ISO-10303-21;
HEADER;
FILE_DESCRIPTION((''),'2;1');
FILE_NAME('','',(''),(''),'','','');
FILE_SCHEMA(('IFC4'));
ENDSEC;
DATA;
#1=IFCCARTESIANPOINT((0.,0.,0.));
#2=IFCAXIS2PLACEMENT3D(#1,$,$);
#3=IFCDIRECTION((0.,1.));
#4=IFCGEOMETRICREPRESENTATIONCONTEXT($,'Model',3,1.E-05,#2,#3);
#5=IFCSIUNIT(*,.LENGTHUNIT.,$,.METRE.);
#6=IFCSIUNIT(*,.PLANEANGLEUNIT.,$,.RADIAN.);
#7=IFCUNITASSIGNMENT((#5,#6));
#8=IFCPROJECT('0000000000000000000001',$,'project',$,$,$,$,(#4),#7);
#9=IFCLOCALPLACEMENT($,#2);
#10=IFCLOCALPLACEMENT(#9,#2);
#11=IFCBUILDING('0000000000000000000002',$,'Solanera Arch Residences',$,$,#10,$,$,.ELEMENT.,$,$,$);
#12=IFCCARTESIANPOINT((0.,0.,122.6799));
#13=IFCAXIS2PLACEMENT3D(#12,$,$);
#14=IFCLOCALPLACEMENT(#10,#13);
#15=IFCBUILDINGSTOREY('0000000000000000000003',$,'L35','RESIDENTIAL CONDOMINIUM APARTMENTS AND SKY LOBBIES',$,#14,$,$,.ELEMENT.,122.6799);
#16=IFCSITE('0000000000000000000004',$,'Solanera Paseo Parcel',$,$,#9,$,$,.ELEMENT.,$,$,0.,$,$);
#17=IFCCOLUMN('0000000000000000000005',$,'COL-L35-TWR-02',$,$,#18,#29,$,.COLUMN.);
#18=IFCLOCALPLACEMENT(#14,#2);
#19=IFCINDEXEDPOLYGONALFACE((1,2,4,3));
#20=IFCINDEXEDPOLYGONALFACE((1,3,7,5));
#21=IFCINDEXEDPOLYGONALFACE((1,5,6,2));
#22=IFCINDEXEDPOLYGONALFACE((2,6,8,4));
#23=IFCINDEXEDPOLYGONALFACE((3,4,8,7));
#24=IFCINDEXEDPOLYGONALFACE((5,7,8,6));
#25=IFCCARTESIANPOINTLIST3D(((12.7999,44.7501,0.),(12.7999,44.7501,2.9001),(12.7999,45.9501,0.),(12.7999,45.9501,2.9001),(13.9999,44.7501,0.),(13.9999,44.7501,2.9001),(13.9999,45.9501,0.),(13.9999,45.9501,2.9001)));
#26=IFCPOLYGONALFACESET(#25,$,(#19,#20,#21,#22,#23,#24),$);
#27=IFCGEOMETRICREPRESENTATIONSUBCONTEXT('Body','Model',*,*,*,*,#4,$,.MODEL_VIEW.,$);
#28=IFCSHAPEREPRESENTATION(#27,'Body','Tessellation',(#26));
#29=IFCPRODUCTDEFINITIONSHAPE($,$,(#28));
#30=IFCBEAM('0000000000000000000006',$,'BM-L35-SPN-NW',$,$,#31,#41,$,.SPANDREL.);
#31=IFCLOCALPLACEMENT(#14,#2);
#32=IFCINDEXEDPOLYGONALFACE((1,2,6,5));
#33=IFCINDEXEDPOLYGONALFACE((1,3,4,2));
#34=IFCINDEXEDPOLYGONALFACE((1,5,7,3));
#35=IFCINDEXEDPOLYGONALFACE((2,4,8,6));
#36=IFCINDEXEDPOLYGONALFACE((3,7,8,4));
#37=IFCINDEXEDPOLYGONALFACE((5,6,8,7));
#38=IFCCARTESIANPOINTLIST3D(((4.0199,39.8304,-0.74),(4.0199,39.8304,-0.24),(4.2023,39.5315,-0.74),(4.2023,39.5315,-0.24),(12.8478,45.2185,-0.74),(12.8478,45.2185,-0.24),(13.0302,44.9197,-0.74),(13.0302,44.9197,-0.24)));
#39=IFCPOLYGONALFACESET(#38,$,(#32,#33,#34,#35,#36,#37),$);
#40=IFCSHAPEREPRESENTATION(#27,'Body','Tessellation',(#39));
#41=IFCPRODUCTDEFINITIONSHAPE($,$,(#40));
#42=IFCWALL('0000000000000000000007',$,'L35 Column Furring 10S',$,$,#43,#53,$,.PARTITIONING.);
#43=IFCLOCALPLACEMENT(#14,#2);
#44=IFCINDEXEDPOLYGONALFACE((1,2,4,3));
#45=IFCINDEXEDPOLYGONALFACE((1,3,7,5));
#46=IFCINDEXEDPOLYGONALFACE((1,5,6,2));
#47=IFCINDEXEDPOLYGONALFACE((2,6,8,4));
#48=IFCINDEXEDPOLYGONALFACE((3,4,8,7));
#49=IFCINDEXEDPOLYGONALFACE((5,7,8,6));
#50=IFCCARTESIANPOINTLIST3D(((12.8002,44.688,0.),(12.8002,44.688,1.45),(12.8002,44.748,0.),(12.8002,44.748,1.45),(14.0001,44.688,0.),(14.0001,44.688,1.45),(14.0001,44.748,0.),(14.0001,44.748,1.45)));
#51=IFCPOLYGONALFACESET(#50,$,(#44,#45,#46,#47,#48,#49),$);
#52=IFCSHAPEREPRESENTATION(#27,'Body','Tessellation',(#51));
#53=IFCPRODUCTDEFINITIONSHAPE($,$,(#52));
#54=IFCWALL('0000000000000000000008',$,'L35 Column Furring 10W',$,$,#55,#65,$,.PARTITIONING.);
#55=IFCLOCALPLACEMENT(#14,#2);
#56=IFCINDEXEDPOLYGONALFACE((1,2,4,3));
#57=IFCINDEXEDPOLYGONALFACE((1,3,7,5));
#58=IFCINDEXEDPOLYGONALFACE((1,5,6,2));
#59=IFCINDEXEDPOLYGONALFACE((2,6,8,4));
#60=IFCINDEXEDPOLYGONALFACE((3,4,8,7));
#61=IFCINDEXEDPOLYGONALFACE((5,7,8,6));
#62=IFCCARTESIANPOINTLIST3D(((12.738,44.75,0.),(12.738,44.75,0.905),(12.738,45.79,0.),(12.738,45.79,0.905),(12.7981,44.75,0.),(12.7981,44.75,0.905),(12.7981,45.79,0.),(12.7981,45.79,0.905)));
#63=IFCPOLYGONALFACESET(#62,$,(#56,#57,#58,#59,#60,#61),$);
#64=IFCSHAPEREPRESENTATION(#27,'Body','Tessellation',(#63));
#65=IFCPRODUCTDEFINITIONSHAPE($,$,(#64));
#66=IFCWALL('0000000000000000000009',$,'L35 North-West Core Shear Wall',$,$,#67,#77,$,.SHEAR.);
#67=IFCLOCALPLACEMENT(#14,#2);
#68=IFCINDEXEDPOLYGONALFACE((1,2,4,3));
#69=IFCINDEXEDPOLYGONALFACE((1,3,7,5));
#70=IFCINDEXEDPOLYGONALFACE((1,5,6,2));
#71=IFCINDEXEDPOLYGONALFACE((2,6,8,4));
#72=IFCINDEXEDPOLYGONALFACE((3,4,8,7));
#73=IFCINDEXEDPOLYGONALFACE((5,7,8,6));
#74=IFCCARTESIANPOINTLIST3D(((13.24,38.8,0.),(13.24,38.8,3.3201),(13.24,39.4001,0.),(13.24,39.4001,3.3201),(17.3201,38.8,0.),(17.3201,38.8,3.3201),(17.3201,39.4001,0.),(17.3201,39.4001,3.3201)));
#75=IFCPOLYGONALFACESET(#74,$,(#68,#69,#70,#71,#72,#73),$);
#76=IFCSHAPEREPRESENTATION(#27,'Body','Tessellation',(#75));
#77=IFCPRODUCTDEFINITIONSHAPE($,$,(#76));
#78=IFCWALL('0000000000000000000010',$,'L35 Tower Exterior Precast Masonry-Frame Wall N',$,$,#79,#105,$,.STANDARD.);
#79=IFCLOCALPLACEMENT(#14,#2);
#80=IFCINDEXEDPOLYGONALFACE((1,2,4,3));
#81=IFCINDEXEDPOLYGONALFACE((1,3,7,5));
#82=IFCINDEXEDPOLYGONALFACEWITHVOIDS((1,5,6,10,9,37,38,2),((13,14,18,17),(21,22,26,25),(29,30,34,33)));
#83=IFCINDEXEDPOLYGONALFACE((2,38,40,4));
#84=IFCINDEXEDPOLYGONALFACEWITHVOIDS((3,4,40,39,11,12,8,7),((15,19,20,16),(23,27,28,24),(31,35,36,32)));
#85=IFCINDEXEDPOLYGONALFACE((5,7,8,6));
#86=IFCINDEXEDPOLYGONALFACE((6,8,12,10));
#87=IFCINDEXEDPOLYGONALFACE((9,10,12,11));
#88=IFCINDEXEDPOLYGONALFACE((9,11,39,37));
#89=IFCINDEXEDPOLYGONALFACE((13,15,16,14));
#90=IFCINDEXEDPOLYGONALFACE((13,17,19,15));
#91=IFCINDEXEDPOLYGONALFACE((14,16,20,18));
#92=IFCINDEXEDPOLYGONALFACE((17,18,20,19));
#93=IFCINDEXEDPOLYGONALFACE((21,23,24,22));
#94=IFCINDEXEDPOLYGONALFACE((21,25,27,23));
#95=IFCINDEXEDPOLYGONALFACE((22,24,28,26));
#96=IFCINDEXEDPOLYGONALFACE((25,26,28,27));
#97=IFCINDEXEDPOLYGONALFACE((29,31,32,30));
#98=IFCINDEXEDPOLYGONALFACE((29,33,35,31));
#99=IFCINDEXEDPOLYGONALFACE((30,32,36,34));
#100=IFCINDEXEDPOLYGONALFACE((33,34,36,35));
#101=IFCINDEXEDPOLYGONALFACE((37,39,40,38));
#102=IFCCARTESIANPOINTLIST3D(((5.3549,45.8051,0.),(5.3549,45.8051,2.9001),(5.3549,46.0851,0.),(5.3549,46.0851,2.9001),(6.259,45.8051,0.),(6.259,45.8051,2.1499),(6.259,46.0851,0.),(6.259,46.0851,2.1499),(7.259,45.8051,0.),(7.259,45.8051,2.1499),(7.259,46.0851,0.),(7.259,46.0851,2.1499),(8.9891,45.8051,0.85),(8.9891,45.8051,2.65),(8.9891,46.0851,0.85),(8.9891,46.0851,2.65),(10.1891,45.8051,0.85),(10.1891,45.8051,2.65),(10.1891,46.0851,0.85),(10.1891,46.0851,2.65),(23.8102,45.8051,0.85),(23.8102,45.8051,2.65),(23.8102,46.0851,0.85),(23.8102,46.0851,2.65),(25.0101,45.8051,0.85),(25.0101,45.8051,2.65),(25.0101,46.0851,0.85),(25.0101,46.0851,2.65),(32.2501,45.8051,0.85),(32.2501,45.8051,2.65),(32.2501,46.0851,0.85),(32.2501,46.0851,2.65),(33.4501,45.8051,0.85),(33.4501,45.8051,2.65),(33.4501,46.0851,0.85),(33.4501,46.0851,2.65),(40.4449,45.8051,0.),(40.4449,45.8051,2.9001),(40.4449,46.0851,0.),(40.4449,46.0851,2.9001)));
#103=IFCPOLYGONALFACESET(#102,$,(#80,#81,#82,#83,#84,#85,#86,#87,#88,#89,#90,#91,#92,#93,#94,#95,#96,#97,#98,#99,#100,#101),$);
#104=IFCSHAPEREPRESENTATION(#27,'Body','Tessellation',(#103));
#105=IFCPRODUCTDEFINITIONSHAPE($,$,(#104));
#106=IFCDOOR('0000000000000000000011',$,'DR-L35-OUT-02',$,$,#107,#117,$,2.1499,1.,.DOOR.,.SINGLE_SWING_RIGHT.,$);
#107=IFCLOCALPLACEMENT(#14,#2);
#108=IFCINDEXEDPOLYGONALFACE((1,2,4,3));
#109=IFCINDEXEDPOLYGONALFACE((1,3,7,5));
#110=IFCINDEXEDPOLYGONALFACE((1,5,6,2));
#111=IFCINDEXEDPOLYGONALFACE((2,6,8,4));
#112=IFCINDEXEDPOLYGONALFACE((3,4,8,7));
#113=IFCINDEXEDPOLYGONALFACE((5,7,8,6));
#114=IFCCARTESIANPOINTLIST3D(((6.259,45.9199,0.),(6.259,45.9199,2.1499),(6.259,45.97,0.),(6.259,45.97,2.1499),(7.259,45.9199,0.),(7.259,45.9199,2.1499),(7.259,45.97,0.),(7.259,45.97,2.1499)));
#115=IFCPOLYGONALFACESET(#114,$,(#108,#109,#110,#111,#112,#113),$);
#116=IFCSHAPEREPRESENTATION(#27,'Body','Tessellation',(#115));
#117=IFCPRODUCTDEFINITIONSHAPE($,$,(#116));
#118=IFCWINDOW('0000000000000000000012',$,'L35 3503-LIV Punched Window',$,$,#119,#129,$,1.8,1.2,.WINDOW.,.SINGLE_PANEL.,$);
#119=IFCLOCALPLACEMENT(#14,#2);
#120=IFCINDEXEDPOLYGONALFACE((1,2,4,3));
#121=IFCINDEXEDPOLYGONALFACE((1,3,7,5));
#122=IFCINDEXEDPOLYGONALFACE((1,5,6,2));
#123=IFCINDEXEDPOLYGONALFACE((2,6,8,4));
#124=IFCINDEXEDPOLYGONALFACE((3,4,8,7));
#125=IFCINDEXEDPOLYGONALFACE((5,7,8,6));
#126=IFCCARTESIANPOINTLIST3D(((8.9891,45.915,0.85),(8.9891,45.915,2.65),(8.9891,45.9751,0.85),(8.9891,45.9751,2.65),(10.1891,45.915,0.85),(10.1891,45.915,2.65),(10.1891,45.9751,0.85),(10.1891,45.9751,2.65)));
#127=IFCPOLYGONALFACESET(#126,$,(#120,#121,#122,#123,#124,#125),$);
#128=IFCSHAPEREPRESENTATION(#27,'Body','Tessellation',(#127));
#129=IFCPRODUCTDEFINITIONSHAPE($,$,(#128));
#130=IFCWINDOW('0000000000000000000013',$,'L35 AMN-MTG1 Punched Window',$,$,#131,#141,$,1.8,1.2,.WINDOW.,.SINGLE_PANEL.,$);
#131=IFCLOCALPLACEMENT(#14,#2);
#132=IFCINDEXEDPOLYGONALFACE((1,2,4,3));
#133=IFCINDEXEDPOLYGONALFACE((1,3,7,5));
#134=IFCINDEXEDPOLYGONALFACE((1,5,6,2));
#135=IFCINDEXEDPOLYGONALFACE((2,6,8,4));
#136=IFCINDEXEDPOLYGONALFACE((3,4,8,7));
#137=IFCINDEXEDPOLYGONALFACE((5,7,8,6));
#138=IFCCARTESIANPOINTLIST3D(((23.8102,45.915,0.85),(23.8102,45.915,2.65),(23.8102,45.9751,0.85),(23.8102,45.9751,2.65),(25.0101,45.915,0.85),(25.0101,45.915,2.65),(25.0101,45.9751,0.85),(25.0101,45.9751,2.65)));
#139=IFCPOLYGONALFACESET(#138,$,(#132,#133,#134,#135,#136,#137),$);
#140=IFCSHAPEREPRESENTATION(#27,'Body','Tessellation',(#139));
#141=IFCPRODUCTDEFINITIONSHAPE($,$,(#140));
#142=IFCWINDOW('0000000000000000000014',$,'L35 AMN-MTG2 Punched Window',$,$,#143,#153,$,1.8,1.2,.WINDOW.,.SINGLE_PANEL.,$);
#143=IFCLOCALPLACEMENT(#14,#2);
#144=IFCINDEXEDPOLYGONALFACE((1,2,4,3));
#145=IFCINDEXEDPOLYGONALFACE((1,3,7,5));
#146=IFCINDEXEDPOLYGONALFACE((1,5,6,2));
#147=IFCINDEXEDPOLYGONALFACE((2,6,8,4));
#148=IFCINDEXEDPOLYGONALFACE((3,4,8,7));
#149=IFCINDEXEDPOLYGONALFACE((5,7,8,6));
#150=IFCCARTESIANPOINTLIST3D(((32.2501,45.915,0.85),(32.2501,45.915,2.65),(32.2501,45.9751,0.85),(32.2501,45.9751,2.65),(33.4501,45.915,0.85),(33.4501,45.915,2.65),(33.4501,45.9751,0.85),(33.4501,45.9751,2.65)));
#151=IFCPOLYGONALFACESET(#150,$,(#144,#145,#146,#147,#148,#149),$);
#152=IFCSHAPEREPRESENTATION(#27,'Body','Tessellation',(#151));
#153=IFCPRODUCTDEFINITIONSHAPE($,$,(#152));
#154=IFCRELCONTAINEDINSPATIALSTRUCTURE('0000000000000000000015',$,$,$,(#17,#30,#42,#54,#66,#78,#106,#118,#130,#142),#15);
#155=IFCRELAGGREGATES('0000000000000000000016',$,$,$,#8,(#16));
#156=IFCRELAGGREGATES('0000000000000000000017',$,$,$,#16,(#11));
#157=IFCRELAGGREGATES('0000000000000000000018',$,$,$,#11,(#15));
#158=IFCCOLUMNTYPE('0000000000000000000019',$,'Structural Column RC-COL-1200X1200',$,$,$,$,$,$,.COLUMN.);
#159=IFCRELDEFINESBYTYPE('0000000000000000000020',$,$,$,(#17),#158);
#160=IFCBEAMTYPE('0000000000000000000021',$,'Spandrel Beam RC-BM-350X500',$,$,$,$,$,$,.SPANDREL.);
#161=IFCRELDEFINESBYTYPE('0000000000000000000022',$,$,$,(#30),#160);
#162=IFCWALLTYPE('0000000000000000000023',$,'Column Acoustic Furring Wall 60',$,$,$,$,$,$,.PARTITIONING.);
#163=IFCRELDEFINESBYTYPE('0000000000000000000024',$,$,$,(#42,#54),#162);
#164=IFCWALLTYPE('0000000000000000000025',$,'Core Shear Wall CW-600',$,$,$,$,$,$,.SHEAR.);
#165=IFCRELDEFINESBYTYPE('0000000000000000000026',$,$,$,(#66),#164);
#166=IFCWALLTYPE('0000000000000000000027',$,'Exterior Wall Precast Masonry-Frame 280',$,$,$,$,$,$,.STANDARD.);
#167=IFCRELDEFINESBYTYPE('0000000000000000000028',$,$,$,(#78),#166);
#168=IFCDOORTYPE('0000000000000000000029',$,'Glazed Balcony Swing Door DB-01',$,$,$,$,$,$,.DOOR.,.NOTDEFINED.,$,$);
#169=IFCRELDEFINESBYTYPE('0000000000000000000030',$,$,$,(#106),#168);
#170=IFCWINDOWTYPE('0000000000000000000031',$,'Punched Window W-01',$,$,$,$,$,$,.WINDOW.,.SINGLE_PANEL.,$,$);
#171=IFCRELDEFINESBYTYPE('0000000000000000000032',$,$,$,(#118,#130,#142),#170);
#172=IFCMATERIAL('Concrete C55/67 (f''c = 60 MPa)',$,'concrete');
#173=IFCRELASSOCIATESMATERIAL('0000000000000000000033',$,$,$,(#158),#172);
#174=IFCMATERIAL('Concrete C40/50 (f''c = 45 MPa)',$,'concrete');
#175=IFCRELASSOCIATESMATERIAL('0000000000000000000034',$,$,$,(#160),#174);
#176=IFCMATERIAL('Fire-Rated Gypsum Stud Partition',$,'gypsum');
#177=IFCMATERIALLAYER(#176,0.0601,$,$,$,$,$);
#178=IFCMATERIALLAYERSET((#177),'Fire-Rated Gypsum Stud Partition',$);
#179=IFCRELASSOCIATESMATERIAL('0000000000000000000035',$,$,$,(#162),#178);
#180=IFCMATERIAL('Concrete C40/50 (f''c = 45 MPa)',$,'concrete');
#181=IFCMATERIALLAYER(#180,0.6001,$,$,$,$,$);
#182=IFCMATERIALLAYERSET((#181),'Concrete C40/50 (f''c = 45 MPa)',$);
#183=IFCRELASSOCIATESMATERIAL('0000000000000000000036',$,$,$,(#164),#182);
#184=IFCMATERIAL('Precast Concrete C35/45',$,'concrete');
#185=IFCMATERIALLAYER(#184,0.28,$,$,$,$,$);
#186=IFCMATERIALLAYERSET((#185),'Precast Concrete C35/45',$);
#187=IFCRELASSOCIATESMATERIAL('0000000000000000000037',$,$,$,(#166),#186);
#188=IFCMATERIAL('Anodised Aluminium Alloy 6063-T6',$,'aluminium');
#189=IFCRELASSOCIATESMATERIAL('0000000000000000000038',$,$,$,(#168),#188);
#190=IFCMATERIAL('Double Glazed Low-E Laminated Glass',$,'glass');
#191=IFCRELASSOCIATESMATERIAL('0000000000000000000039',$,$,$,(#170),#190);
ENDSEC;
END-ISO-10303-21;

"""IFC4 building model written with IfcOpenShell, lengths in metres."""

from ifc_helpers import new_model, si_unit, direction, frame, frame_2d, origin, origin_2d, place, context, subcontext, project, spatial, rectangle, extrude, material, layer, layer_set, material_profile, profile_set, type_object, element, fill, save


model = new_model("IFC4")

# Units and contexts
model_context = context("Model", 3, precision=1e-05, world=origin(), true_north=direction((0.0, 1.0)))
body_context = subcontext(model_context, "Body", "Model", "MODEL_VIEW")
ifc_project = project(units=[si_unit("LENGTHUNIT", "METRE"), si_unit("PLANEANGLEUNIT", "RADIAN")], contexts=[model_context])

# Site, building, storey
site_placement = place(None, origin())
site = spatial("IfcSite", under=ifc_project, at=site_placement, Name="Solanera Paseo Parcel", CompositionType="ELEMENT", RefElevation=0.0)
building_placement = place(site_placement, origin())
building = spatial("IfcBuilding", under=site, at=building_placement, Name="Solanera Arch Residences", CompositionType="ELEMENT")
storey_placement = place(building_placement, frame((0.0, 0.0, 122.6799)))
storey = spatial("IfcBuildingStorey", under=building, at=storey_placement, Name="L35", Description="RESIDENTIAL CONDOMINIUM APARTMENTS AND SKY LOBBIES", CompositionType="ELEMENT", Elevation=122.6799)

# Column
ifc_material_1 = material(Name="Concrete C55/67 (f'c = 60 MPa)", Category="concrete")
ifc_material_profile_1 = material_profile(ifc_material_1, rectangle(XDim=1.2, YDim=1.2, at=origin_2d()))
ifc_profile_set_1 = profile_set([ifc_material_profile_1], Name="Concrete C55/67 (f'c = 60 MPa)")
column_type = type_object("IfcColumnType", Name="Structural Column RC-COL-1200X1200", PredefinedType="COLUMN", material=ifc_profile_set_1)
column_placement = place(storey_placement, frame((13.3999, 45.3501, 0.0), z_axis=(0.0, 0.0, 1.0), x_axis=(1.0, 0.0, 0.0)))
element("IfcColumn", 1, at=column_placement, inside=storey, type_object=column_type, Name="COL-L35-TWR-02", PredefinedType="COLUMN", context=body_context, shape_type="SweptSolid", body=[
    extrude(rectangle(XDim=1.2, YDim=1.2, at=origin_2d()), origin(), (0.0, 0.0, 1.0), 2.9001),
])

# Beam
ifc_material_2 = material(Name="Concrete C40/50 (f'c = 45 MPa)", Category="concrete")
ifc_material_profile_2 = material_profile(ifc_material_2, rectangle(XDim=0.3501, YDim=0.5, at=origin_2d()))
ifc_profile_set_2 = profile_set([ifc_material_profile_2], Name="Concrete C40/50 (f'c = 45 MPa)")
beam_type = type_object("IfcBeamType", Name="Spandrel Beam RC-BM-350X500", PredefinedType="SPANDREL", material=ifc_profile_set_2)
beam_placement = place(storey_placement, frame((12.939, 45.0691, -0.49), z_axis=(-0.853567, -0.520983, 0.0), x_axis=(0.520983, -0.853567, 0.0)))
element("IfcBeam", 2, at=beam_placement, inside=storey, type_object=beam_type, Name="BM-L35-SPN-NW", PredefinedType="SPANDREL", context=body_context, shape_type="SweptSolid", body=[
    extrude(rectangle(XDim=0.3501, YDim=0.5, at=origin_2d()), origin(), (0.0, 0.0, 1.0), 10.3423),
])

# Walls
ifc_material_3 = material(Name="Fire-Rated Gypsum Stud Partition", Category="gypsum")
ifc_layer_1 = layer(ifc_material_3, 0.0601)
ifc_layer_set_1 = layer_set([ifc_layer_1], Name="Fire-Rated Gypsum Stud Partition")
wall_type_1 = type_object("IfcWallType", Name="Column Acoustic Furring Wall 60", PredefinedType="PARTITIONING", material=ifc_layer_set_1)
wall_1_placement = place(storey_placement, frame((12.8, 44.718, 0.0), z_axis=(0.0, 0.0, 1.0), x_axis=(1.0, 0.0, 0.0)))
element("IfcWall", 3, at=wall_1_placement, inside=storey, type_object=wall_type_1, Name="L35 Column Furring 10S", PredefinedType="PARTITIONING", context=body_context, shape_type="SweptSolid", body=[
    extrude(rectangle(XDim=1.2, YDim=0.0601, at=frame_2d((0.6001, 0.0))), origin(), (0.0, 0.0, 1.0), 1.45),
])
wall_2_placement = place(storey_placement, frame((12.7681, 44.75, 0.0), z_axis=(0.0, 0.0, 1.0), x_axis=(0.0, 1.0, 0.0)))
element("IfcWall", 4, at=wall_2_placement, inside=storey, type_object=wall_type_1, Name="L35 Column Furring 10W", PredefinedType="PARTITIONING", context=body_context, shape_type="SweptSolid", body=[
    extrude(rectangle(XDim=1.04, YDim=0.0601, at=frame_2d((0.52, 0.0))), origin(), (0.0, 0.0, 1.0), 0.905),
])
ifc_material_4 = material(Name="Concrete C40/50 (f'c = 45 MPa)", Category="concrete")
ifc_layer_2 = layer(ifc_material_4, 0.6001)
ifc_layer_set_2 = layer_set([ifc_layer_2], Name="Concrete C40/50 (f'c = 45 MPa)")
wall_type_2 = type_object("IfcWallType", Name="Core Shear Wall CW-600", PredefinedType="SHEAR", material=ifc_layer_set_2)
wall_3_placement = place(storey_placement, frame((13.24, 39.1001, 0.0), z_axis=(0.0, 0.0, 1.0), x_axis=(1.0, 0.0, 0.0)))
element("IfcWall", 5, at=wall_3_placement, inside=storey, type_object=wall_type_2, Name="L35 North-West Core Shear Wall", PredefinedType="SHEAR", context=body_context, shape_type="SweptSolid", body=[
    extrude(rectangle(XDim=4.0801, YDim=0.6001, at=frame_2d((2.04, 0.0))), origin(), (0.0, 0.0, 1.0), 3.3201),
])

# Wall, openings, door, windows
ifc_material_5 = material(Name="Precast Concrete C35/45", Category="concrete")
ifc_layer_3 = layer(ifc_material_5, 0.28)
ifc_layer_set_3 = layer_set([ifc_layer_3], Name="Precast Concrete C35/45")
wall_type_3 = type_object("IfcWallType", Name="Exterior Wall Precast Masonry-Frame 280", PredefinedType="STANDARD", material=ifc_layer_set_3)
wall_4_placement = place(storey_placement, frame((5.355, 45.9451, 0.0), z_axis=(0.0, 0.0, 1.0), x_axis=(1.0, 0.0, 0.0)))
wall_4 = element("IfcWall", 6, at=wall_4_placement, inside=storey, type_object=wall_type_3, Name="L35 Tower Exterior Precast Masonry-Frame Wall N", PredefinedType="STANDARD", context=body_context, shape_type="SweptSolid", body=[
    extrude(rectangle(XDim=35.0901, YDim=0.28, at=frame_2d((17.5449, 0.0))), origin(), (0.0, 0.0, 1.0), 2.9001),
])
opening_1_placement = place(wall_4_placement, frame((0.9041, 0.0, 0.0)))
opening_1 = element("IfcOpeningElement", 7, at=opening_1_placement, cuts=wall_4, PredefinedType="OPENING", context=body_context, shape_type="SweptSolid", body=[
    extrude(rectangle(XDim=1.0, YDim=2.1499, at=frame_2d((0.5, 1.075))), frame((0.0, 0.1499, 0.0), z_axis=(0.0, -1.0, 0.0), x_axis=(1.0, 0.0, 0.0)), (0.0, 0.0, 1.0), 0.3),
])
opening_2_placement = place(wall_4_placement, frame((3.634, 0.0, 0.8501)))
opening_2 = element("IfcOpeningElement", 8, at=opening_2_placement, cuts=wall_4, PredefinedType="OPENING", context=body_context, shape_type="SweptSolid", body=[
    extrude(rectangle(XDim=1.2, YDim=1.8, at=frame_2d((0.6001, 0.8999))), frame((0.0, 0.1499, 0.0), z_axis=(0.0, -1.0, 0.0), x_axis=(1.0, 0.0, 0.0)), (0.0, 0.0, 1.0), 0.3),
])
opening_3_placement = place(wall_4_placement, frame((18.4551, 0.0, 0.8501)))
opening_3 = element("IfcOpeningElement", 9, at=opening_3_placement, cuts=wall_4, PredefinedType="OPENING", context=body_context, shape_type="SweptSolid", body=[
    extrude(rectangle(XDim=1.2, YDim=1.8, at=frame_2d((0.6001, 0.8999))), frame((0.0, 0.1499, 0.0), z_axis=(0.0, -1.0, 0.0), x_axis=(1.0, 0.0, 0.0)), (0.0, 0.0, 1.0), 0.3),
])
opening_4_placement = place(wall_4_placement, frame((26.895, 0.0, 0.8501)))
opening_4 = element("IfcOpeningElement", 10, at=opening_4_placement, cuts=wall_4, PredefinedType="OPENING", context=body_context, shape_type="SweptSolid", body=[
    extrude(rectangle(XDim=1.2, YDim=1.8, at=frame_2d((0.6001, 0.8999))), frame((0.0, 0.1499, 0.0), z_axis=(0.0, -1.0, 0.0), x_axis=(1.0, 0.0, 0.0)), (0.0, 0.0, 1.0), 0.3),
])
ifc_material_6 = material(Name="Anodised Aluminium Alloy 6063-T6", Category="aluminium")
door_type_1 = type_object("IfcDoorType", Name="Glazed Balcony Swing Door DB-01", OperationType="NOTDEFINED", PredefinedType="DOOR", material=ifc_material_6)
door_1_placement = place(opening_1_placement, origin())
door_1 = element("IfcDoor", 11, at=door_1_placement, inside=storey, type_object=door_type_1, Name="DR-L35-OUT-02", OperationType="SINGLE_SWING_RIGHT", OverallHeight=2.1499, OverallWidth=1.0, PredefinedType="DOOR", context=body_context, shape_type="SweptSolid", body=[
    extrude(rectangle(XDim=1.0, YDim=2.1499, at=frame_2d((0.5, 1.075))), frame((0.0, 0.0249, 0.0), z_axis=(0.0, -1.0, 0.0), x_axis=(1.0, 0.0, 0.0)), (0.0, 0.0, 1.0), 0.05),
])
fill(opening_1, door_1)
ifc_material_7 = material(Name="Double Glazed Low-E Laminated Glass", Category="glass")
window_type = type_object("IfcWindowType", Name="Punched Window W-01", PartitioningType="SINGLE_PANEL", PredefinedType="WINDOW", material=ifc_material_7)
window_1_placement = place(opening_2_placement, origin())
window_1 = element("IfcWindow", 12, at=window_1_placement, inside=storey, type_object=window_type, Name="L35 3503-LIV Punched Window", OverallHeight=1.8, OverallWidth=1.2, PartitioningType="SINGLE_PANEL", PredefinedType="WINDOW", context=body_context, shape_type="SweptSolid", body=[
    extrude(rectangle(XDim=1.2, YDim=1.8, at=frame_2d((0.6001, 0.8999))), frame((0.0, 0.03, 0.0), z_axis=(0.0, -1.0, 0.0), x_axis=(1.0, 0.0, 0.0)), (0.0, 0.0, 1.0), 0.0601),
])
fill(opening_2, window_1)
window_2_placement = place(opening_3_placement, origin())
window_2 = element("IfcWindow", 13, at=window_2_placement, inside=storey, type_object=window_type, Name="L35 AMN-MTG1 Punched Window", OverallHeight=1.8, OverallWidth=1.2, PartitioningType="SINGLE_PANEL", PredefinedType="WINDOW", context=body_context, shape_type="SweptSolid", body=[
    extrude(rectangle(XDim=1.2, YDim=1.8, at=frame_2d((0.6001, 0.8999))), frame((0.0, 0.03, 0.0), z_axis=(0.0, -1.0, 0.0), x_axis=(1.0, 0.0, 0.0)), (0.0, 0.0, 1.0), 0.0601),
])
fill(opening_3, window_2)
window_3_placement = place(opening_4_placement, origin())
window_3 = element("IfcWindow", 14, at=window_3_placement, inside=storey, type_object=window_type, Name="L35 AMN-MTG2 Punched Window", OverallHeight=1.8, OverallWidth=1.2, PartitioningType="SINGLE_PANEL", PredefinedType="WINDOW", context=body_context, shape_type="SweptSolid", body=[
    extrude(rectangle(XDim=1.2, YDim=1.8, at=frame_2d((0.6001, 0.8999))), frame((0.0, 0.03, 0.0), z_axis=(0.0, -1.0, 0.0), x_axis=(1.0, 0.0, 0.0)), (0.0, 0.0, 1.0), 0.0601),
])
fill(opening_4, window_3)

save(model, "model.ifc")
